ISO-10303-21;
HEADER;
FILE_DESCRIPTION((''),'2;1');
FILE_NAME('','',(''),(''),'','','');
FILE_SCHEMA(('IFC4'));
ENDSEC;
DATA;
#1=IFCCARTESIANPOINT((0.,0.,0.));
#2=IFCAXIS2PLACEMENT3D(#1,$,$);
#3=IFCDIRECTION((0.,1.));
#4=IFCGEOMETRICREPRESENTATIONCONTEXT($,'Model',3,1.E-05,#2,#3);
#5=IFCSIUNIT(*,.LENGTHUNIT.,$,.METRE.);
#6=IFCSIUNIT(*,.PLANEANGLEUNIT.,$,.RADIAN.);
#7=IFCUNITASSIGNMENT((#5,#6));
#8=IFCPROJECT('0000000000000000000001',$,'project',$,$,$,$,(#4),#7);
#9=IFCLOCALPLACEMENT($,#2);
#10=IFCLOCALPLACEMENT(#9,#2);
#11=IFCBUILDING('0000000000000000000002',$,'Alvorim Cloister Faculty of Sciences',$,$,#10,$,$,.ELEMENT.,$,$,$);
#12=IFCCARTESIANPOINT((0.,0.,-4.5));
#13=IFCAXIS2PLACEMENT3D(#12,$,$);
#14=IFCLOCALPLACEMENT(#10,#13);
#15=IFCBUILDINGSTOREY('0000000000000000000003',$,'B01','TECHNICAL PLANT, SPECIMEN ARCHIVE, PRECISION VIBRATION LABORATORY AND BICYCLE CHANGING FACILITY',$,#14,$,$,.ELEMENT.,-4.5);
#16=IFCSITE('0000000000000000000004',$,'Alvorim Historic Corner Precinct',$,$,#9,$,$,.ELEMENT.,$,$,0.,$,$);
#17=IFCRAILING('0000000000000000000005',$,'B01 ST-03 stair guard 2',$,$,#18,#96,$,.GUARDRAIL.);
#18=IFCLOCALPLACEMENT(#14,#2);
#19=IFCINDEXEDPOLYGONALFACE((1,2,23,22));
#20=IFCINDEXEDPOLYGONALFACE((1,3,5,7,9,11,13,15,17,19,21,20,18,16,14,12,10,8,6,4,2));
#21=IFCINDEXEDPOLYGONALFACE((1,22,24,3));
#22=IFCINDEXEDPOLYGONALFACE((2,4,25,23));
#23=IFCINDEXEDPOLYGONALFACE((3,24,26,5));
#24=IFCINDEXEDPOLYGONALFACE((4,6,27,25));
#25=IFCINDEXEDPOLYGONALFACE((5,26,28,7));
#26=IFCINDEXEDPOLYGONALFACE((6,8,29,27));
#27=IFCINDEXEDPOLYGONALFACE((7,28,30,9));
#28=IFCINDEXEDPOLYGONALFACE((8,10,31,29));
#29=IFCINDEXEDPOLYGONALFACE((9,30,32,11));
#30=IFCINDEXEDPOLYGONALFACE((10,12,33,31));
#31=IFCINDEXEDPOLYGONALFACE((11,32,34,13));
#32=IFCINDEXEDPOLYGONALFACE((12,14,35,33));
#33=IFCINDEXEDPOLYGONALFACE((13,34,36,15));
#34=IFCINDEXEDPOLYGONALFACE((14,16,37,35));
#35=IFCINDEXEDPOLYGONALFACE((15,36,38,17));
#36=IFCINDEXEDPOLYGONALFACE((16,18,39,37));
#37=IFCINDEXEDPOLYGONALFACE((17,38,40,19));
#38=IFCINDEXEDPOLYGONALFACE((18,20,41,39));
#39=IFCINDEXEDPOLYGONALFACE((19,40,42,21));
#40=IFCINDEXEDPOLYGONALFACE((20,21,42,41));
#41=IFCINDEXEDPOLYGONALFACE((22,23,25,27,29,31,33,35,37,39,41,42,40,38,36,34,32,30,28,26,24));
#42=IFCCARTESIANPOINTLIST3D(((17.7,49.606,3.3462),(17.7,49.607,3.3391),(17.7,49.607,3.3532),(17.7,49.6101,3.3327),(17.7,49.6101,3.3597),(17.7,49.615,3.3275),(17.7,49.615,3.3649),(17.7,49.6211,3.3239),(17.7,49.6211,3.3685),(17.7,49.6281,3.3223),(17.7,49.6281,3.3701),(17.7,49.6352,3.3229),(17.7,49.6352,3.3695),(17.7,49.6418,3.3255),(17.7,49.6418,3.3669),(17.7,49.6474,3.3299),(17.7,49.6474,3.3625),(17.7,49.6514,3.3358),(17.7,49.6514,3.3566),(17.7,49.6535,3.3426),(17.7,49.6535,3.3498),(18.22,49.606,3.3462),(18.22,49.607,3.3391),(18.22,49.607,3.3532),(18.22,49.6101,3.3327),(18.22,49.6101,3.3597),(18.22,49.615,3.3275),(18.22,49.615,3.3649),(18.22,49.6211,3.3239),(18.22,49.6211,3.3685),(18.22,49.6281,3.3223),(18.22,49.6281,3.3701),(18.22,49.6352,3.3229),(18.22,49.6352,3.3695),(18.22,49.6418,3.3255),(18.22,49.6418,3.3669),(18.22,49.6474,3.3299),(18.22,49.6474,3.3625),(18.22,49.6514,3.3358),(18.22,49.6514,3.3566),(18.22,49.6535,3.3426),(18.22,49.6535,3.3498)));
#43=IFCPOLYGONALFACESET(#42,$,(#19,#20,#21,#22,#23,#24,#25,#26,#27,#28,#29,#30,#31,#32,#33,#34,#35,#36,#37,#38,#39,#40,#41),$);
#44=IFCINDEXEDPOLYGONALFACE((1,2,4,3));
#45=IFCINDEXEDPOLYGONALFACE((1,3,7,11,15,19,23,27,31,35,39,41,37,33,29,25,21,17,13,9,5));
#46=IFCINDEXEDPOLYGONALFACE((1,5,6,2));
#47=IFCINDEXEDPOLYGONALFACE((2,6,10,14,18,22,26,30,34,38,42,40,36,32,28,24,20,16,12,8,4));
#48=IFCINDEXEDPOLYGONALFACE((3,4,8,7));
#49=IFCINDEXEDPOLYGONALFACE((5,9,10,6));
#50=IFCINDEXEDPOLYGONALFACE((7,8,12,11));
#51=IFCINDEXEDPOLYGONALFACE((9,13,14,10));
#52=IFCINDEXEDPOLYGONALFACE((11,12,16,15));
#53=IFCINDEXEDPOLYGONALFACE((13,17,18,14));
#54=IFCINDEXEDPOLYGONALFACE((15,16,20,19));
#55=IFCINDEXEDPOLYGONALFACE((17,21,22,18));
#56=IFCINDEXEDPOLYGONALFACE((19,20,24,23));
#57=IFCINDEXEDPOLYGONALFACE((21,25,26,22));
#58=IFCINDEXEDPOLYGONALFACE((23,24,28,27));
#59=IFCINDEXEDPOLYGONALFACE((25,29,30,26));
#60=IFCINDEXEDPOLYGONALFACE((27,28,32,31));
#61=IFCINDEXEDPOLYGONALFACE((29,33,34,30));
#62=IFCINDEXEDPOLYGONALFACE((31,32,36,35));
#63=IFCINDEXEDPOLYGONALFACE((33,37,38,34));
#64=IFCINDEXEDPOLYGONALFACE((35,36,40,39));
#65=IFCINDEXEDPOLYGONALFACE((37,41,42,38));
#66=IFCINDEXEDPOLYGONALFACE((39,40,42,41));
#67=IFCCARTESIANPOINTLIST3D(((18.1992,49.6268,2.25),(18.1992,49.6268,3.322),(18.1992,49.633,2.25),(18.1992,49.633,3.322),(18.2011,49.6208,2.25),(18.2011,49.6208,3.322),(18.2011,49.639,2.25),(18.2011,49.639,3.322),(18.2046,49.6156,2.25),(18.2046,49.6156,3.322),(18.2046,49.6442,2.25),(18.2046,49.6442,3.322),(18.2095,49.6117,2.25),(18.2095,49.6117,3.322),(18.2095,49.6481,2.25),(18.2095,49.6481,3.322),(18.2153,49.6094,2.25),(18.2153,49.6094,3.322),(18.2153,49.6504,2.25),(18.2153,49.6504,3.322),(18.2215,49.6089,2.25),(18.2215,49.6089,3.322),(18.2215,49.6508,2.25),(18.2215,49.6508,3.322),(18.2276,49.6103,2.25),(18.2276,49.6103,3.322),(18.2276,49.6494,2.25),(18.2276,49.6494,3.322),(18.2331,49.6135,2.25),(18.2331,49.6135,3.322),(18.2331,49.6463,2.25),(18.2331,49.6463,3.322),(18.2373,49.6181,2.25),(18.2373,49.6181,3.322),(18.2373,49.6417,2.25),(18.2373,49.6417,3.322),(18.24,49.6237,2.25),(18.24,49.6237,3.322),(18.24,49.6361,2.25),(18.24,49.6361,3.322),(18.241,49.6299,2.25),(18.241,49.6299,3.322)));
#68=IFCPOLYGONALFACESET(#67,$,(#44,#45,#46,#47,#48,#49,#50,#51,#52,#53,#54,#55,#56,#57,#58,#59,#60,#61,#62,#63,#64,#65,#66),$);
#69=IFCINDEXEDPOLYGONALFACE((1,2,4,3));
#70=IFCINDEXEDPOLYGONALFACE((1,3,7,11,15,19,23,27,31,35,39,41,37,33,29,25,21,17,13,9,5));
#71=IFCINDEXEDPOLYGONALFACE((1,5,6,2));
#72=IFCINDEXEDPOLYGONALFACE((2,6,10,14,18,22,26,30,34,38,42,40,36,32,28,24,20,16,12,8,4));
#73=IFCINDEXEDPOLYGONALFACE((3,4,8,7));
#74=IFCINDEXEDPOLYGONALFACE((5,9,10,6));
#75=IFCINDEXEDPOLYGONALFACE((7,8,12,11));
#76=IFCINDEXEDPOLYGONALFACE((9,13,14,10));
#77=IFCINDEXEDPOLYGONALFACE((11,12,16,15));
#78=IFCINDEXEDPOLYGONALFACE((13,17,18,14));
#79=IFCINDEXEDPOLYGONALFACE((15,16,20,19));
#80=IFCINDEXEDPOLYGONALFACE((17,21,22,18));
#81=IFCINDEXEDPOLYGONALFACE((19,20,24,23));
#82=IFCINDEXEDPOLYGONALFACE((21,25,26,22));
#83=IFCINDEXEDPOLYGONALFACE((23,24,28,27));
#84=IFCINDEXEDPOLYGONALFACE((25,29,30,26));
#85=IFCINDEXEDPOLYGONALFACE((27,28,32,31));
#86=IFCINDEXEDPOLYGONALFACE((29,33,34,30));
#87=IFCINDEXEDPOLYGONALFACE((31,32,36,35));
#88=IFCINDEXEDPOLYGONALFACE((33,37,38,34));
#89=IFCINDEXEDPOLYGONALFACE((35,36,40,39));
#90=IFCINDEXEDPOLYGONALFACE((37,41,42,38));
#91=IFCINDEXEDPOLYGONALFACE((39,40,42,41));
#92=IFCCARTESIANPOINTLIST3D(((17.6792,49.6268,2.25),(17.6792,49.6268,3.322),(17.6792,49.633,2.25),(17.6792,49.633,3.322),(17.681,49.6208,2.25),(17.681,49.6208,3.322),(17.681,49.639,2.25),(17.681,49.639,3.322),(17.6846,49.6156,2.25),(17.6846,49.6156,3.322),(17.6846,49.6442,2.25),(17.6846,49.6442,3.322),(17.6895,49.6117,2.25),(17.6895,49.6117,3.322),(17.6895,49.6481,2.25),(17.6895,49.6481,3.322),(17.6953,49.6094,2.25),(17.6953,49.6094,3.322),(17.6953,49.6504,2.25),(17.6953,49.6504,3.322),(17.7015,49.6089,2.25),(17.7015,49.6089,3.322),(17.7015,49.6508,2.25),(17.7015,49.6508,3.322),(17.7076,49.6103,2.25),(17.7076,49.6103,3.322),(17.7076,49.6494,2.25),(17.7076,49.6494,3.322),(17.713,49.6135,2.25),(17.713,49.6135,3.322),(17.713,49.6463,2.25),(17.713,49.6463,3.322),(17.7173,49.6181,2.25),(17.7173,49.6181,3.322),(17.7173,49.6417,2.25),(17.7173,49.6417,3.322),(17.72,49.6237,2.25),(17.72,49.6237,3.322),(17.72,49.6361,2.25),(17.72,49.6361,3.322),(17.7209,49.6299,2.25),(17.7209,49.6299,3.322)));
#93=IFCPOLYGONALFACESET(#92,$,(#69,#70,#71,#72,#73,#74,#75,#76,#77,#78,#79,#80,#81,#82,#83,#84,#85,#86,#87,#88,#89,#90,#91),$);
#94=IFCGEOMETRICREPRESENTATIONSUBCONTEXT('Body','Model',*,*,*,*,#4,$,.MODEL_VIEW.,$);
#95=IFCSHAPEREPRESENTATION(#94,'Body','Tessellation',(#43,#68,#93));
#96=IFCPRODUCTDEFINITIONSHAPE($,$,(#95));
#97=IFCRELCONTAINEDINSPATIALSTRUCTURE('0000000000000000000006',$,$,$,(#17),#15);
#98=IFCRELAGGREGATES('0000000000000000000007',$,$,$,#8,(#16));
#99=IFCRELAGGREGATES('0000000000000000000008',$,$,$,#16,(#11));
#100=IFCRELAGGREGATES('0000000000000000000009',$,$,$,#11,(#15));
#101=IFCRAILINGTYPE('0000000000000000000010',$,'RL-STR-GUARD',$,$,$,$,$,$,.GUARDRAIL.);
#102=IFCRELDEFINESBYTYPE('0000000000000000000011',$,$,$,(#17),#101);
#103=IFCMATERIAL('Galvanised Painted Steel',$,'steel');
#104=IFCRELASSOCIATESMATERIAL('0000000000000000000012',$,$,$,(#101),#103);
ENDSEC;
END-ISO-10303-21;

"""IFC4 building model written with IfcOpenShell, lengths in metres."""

from ifc_helpers import new_model, si_unit, direction, frame, origin, origin_2d, place, context, subcontext, project, spatial, circle, extrude, material, type_object, element, save


model = new_model("IFC4")

# Units and contexts
model_context = context("Model", 3, precision=1e-05, world=origin(), true_north=direction((0.0, 1.0)))
body_context = subcontext(model_context, "Body", "Model", "MODEL_VIEW")
ifc_project = project(units=[si_unit("LENGTHUNIT", "METRE"), si_unit("PLANEANGLEUNIT", "RADIAN")], contexts=[model_context])

# Site, building, storey
site_placement = place(None, origin())
site = spatial("IfcSite", under=ifc_project, at=site_placement, Name="Alvorim Historic Corner Precinct", CompositionType="ELEMENT", RefElevation=0.0)
building_placement = place(site_placement, origin())
building = spatial("IfcBuilding", under=site, at=building_placement, Name="Alvorim Cloister Faculty of Sciences", CompositionType="ELEMENT")
storey_placement = place(building_placement, frame((0.0, 0.0, -4.5)))
storey = spatial("IfcBuildingStorey", under=building, at=storey_placement, Name="B01", Description="TECHNICAL PLANT, SPECIMEN ARCHIVE, PRECISION VIBRATION LABORATORY AND BICYCLE CHANGING FACILITY", CompositionType="ELEMENT", Elevation=-4.5)

# Railing
ifc_material_1 = material(Name="Galvanised Painted Steel", Category="steel")
railing_type_1 = type_object("IfcRailingType", Name="RL-STR-GUARD", PredefinedType="GUARDRAIL", material=ifc_material_1)
railing_1_placement = place(storey_placement, frame((18.22, 49.6299, 2.25)))
element("IfcRailing", 1, at=railing_1_placement, inside=storey, type_object=railing_type_1, Name="B01 ST-03 stair guard 2", PredefinedType="GUARDRAIL", context=body_context, shape_type="SweptSolid", body=[
    extrude(circle(Radius=0.0239, at=origin_2d()), frame((0.0, 0.0, 1.0962), z_axis=(-1.0, 0.0, 0.0), x_axis=(0.0, -1.0, 0.0)), (0.0, 0.0, 1.0), 0.52),
    extrude(circle(Radius=0.021, at=origin_2d()), origin(), (0.0, 0.0, 1.0), 1.072),
    extrude(circle(Radius=0.021, at=origin_2d()), frame((-0.52, 0.0, 0.0)), (0.0, 0.0, 1.0), 1.072),
])

save(model, "model.ifc")
